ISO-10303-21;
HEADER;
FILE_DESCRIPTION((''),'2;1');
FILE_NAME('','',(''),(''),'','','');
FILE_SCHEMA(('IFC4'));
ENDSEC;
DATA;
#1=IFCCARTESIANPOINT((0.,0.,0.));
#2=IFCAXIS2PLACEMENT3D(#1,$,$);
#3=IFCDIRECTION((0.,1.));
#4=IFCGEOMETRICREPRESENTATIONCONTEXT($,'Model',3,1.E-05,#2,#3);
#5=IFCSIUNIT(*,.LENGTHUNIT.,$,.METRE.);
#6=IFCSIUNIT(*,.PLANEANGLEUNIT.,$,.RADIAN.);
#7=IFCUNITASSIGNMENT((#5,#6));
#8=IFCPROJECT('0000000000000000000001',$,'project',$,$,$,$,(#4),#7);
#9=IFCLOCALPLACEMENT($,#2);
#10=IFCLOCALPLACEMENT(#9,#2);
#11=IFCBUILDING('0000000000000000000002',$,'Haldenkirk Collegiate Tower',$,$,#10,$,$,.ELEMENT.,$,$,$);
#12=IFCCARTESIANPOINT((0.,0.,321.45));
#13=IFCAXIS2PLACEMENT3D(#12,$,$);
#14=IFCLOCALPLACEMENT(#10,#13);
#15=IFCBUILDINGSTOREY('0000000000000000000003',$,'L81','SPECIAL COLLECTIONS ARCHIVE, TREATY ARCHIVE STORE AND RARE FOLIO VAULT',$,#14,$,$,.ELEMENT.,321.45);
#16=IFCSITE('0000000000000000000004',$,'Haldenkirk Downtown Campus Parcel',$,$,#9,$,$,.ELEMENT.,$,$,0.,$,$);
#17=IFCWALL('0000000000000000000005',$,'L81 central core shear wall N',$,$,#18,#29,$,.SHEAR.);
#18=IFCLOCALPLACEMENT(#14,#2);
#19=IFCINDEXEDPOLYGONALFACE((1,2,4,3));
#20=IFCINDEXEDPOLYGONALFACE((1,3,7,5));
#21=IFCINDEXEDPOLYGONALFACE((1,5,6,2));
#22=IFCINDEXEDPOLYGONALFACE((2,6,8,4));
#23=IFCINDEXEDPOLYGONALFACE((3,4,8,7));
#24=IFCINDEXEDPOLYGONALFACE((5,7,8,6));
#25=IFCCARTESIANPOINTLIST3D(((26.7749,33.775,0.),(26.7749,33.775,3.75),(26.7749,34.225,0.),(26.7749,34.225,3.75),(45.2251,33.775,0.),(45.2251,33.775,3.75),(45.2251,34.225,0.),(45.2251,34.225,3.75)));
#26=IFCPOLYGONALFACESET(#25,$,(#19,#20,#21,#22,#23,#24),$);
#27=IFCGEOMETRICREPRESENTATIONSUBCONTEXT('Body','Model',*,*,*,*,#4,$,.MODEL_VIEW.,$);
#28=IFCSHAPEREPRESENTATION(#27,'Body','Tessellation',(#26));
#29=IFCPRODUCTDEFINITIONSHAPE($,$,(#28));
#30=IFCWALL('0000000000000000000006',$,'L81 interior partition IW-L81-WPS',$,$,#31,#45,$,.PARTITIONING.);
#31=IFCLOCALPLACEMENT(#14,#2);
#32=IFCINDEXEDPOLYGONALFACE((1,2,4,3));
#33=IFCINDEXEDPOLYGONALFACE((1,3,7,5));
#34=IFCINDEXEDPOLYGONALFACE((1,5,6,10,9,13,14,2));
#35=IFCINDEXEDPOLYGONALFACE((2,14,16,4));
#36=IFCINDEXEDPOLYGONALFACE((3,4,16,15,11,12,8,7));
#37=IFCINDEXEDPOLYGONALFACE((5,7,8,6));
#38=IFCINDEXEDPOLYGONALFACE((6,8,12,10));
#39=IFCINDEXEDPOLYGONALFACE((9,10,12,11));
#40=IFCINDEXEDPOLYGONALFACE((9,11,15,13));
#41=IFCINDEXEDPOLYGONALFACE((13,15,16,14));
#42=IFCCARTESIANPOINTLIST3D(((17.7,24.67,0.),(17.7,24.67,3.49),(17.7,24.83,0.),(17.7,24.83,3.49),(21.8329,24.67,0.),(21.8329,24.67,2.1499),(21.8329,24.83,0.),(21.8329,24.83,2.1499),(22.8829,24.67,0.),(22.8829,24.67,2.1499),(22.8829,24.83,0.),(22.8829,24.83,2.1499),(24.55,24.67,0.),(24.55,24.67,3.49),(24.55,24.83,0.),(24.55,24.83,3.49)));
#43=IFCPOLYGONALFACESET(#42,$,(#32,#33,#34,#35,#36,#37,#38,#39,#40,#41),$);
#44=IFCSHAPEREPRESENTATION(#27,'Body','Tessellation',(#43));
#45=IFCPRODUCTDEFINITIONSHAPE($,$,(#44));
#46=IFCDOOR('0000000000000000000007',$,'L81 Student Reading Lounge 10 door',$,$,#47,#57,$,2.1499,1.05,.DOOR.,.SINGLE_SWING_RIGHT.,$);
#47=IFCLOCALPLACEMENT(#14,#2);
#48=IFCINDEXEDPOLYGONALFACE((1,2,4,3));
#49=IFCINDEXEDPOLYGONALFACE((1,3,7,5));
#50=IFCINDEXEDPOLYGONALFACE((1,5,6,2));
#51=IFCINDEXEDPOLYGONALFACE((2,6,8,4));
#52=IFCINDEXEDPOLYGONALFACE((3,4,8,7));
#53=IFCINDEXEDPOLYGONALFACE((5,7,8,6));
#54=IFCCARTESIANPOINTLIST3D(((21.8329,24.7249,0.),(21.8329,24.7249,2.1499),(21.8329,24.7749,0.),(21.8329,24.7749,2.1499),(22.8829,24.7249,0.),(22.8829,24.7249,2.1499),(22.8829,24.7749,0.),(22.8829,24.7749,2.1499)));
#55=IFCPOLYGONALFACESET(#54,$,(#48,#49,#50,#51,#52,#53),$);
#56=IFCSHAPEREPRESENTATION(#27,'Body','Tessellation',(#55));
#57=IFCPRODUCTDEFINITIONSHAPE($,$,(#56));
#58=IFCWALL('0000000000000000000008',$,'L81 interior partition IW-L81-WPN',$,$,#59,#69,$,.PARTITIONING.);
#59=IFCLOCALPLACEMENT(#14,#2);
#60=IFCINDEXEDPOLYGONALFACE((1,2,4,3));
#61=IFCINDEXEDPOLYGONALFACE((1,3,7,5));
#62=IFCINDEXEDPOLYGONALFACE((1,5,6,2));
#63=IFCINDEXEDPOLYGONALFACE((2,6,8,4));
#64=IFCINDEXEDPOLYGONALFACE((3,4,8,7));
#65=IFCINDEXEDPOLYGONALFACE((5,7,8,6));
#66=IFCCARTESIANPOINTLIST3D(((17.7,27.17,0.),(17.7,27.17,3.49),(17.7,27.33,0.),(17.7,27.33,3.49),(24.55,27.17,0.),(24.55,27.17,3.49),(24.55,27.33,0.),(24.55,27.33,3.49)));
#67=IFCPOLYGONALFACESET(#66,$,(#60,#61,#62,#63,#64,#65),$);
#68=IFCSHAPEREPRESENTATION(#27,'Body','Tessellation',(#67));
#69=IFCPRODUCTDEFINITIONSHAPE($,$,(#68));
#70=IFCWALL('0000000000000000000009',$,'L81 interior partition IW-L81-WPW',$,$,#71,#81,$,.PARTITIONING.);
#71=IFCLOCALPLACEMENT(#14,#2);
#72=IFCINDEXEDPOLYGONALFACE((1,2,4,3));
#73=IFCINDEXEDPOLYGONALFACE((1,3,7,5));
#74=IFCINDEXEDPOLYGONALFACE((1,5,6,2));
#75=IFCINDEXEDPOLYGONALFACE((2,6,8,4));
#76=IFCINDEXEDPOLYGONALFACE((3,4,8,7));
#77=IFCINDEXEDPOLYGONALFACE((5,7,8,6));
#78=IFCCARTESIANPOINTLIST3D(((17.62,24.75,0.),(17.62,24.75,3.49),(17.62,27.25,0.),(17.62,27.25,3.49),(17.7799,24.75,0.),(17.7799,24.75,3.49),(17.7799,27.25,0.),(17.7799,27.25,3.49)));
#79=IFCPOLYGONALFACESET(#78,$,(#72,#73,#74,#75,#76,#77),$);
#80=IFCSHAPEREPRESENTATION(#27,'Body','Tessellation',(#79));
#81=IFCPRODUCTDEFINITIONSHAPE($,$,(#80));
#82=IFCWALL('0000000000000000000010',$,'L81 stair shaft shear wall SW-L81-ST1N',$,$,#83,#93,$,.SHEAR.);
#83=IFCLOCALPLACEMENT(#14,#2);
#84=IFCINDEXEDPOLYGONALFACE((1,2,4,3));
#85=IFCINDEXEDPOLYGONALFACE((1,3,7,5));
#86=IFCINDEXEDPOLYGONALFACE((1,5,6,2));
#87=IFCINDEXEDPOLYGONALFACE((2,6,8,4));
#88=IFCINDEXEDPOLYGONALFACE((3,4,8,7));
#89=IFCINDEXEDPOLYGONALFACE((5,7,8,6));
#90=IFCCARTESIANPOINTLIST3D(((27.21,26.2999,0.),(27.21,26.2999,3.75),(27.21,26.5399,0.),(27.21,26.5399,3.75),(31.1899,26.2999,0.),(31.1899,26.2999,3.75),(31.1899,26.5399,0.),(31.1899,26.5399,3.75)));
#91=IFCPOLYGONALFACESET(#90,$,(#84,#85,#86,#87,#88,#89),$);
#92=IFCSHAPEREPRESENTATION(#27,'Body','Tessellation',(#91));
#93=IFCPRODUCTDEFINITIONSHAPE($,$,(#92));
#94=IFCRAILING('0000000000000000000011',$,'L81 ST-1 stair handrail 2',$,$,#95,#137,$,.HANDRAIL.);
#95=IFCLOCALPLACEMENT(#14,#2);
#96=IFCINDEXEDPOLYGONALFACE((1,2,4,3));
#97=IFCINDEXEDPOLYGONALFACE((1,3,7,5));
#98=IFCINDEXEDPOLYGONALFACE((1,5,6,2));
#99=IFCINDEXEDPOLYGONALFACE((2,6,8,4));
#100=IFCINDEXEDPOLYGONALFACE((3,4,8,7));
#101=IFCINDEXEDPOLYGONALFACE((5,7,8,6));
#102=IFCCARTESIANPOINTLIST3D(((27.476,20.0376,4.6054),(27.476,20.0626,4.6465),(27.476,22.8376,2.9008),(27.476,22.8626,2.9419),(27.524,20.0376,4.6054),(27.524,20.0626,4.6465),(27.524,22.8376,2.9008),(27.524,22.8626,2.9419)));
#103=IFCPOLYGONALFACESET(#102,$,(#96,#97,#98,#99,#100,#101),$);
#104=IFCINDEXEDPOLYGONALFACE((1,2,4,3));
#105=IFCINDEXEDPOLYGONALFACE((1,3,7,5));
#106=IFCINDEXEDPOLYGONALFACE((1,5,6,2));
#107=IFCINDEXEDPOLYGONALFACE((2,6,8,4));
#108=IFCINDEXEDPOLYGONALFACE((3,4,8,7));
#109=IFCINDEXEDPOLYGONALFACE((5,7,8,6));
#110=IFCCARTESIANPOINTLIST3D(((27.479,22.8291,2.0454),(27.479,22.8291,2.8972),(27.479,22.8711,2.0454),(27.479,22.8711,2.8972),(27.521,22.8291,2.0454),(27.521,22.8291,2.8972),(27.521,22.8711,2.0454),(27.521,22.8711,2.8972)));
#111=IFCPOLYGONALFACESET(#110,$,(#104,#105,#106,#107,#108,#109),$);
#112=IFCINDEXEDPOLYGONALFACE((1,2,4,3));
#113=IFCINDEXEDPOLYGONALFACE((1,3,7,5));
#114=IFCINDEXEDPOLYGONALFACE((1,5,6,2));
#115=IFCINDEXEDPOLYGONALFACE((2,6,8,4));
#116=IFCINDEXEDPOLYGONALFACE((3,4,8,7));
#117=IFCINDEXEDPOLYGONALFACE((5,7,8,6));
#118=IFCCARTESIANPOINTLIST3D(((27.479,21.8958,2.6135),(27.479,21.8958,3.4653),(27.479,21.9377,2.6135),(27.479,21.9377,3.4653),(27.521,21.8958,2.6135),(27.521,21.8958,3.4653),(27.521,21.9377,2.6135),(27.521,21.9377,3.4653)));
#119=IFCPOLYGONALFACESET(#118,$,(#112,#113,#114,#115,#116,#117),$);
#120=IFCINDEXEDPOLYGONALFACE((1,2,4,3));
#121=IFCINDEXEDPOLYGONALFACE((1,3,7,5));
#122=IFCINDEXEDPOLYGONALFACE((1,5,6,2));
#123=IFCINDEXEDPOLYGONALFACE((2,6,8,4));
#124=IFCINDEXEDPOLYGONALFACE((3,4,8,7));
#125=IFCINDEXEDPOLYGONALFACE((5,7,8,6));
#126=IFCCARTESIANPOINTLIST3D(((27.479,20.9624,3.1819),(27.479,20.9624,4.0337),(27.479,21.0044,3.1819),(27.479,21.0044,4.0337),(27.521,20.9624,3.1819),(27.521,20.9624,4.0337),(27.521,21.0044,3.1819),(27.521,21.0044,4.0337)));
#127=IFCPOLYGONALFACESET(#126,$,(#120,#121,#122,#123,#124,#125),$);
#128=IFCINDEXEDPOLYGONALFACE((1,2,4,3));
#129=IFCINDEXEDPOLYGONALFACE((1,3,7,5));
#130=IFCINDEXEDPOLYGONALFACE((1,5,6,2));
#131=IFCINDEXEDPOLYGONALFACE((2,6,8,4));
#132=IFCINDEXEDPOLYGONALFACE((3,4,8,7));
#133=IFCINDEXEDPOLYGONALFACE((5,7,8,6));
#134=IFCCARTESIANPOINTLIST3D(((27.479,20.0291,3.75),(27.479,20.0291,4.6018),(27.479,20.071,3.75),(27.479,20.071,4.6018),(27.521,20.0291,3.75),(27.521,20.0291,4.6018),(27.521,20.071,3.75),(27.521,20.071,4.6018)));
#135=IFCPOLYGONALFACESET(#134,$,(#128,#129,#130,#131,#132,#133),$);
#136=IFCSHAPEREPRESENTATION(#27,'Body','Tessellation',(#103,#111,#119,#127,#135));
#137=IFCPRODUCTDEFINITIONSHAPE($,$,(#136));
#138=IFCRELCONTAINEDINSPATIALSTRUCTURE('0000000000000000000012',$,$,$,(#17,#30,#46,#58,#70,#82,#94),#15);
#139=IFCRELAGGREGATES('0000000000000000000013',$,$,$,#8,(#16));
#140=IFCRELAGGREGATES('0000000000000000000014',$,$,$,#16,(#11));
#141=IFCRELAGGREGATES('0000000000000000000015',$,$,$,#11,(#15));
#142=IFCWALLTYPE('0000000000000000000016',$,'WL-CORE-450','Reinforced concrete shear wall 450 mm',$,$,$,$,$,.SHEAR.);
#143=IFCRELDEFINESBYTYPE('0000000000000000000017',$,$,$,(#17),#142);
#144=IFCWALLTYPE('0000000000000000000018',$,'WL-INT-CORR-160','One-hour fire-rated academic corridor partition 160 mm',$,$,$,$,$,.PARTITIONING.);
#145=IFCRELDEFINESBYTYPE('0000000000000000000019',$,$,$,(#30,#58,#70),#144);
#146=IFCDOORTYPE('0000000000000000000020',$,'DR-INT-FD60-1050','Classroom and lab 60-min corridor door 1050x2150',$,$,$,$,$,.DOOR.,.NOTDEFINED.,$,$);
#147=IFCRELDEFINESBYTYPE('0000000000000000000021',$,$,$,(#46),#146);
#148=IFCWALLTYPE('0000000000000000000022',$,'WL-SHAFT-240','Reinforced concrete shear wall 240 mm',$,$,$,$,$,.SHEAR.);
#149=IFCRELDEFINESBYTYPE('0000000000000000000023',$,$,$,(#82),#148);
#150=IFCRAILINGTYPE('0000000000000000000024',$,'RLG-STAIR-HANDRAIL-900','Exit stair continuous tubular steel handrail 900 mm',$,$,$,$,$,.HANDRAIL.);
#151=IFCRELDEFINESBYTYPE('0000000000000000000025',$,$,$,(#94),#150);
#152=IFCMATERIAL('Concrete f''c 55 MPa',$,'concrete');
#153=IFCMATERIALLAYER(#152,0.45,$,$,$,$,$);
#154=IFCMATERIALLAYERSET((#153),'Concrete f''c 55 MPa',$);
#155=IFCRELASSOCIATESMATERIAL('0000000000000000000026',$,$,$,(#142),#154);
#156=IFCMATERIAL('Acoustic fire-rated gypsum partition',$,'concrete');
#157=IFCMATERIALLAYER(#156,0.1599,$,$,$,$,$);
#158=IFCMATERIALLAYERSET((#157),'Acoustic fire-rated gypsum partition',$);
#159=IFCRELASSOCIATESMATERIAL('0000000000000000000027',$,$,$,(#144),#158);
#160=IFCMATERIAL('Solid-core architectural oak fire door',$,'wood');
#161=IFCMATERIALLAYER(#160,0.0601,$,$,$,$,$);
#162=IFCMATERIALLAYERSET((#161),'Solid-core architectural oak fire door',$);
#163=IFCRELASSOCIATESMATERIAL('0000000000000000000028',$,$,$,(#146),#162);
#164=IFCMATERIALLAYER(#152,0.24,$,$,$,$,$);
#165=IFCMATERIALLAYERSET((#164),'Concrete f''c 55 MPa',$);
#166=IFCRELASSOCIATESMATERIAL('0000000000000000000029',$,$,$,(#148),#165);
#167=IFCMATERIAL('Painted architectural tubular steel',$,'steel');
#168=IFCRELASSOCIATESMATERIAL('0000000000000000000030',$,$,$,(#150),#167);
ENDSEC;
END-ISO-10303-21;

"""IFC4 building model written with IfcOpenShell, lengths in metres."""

from ifc_helpers import new_model, si_unit, direction, frame, frame_2d, origin, origin_2d, place, context, subcontext, project, spatial, rectangle, extrude, material, layer, layer_set, type_object, element, fill, save


model = new_model("IFC4")

# Units and contexts
model_context = context("Model", 3, precision=1e-05, world=origin(), true_north=direction((0.0, 1.0)))
body_context = subcontext(model_context, "Body", "Model", "MODEL_VIEW")
ifc_project = project(units=[si_unit("LENGTHUNIT", "METRE"), si_unit("PLANEANGLEUNIT", "RADIAN")], contexts=[model_context])

# Site, building, storey
site_placement = place(None, origin())
site = spatial("IfcSite", under=ifc_project, at=site_placement, Name="Haldenkirk Downtown Campus Parcel", CompositionType="ELEMENT", RefElevation=0.0)
building_placement = place(site_placement, origin())
building = spatial("IfcBuilding", under=site, at=building_placement, Name="Haldenkirk Collegiate Tower", CompositionType="ELEMENT")
storey_placement = place(building_placement, frame((0.0, 0.0, 321.45)))
storey = spatial("IfcBuildingStorey", under=building, at=storey_placement, Name="L81", Description="SPECIAL COLLECTIONS ARCHIVE, TREATY ARCHIVE STORE AND RARE FOLIO VAULT", CompositionType="ELEMENT", Elevation=321.45)

# Wall
ifc_material_1 = material(Name="Concrete f'c 55 MPa", Category="concrete")
ifc_layer_1 = layer(ifc_material_1, 0.45)
ifc_layer_set_1 = layer_set([ifc_layer_1], Name="Concrete f'c 55 MPa")
wall_type_1 = type_object("IfcWallType", Name="WL-CORE-450", Description="Reinforced concrete shear wall 450 mm", PredefinedType="SHEAR", material=ifc_layer_set_1)
wall_1_placement = place(storey_placement, frame((26.7749, 34.0, 0.0), z_axis=(0.0, 0.0, 1.0), x_axis=(1.0, 0.0, 0.0)))
element("IfcWall", 1, at=wall_1_placement, inside=storey, type_object=wall_type_1, Name="L81 central core shear wall N", PredefinedType="SHEAR", context=body_context, shape_type="SweptSolid", body=[
    extrude(rectangle(XDim=18.4502, YDim=0.45, at=frame_2d((9.2251, 0.0))), origin(), (0.0, 0.0, 1.0), 3.75),
])

# Shared definitions
ifc_material_2 = material(Name="Acoustic fire-rated gypsum partition", Category="concrete")
ifc_layer_2 = layer(ifc_material_2, 0.1599)
ifc_layer_set_2 = layer_set([ifc_layer_2], Name="Acoustic fire-rated gypsum partition")
wall_type_2 = type_object("IfcWallType", Name="WL-INT-CORR-160", Description="One-hour fire-rated academic corridor partition 160 mm", PredefinedType="PARTITIONING", material=ifc_layer_set_2)
ifc_material_3 = material(Name="Solid-core architectural oak fire door", Category="wood")
ifc_layer_3 = layer(ifc_material_3, 0.0601)
ifc_layer_set_3 = layer_set([ifc_layer_3], Name="Solid-core architectural oak fire door")
door_type_1 = type_object("IfcDoorType", Name="DR-INT-FD60-1050", Description="Classroom and lab 60-min corridor door 1050x2150", OperationType="NOTDEFINED", PredefinedType="DOOR", material=ifc_layer_set_3)

# Wall, opening, door
wall_2_placement = place(storey_placement, frame((17.7, 24.75, 0.0), z_axis=(0.0, 0.0, 1.0), x_axis=(1.0, 0.0, 0.0)))
wall_2 = element("IfcWall", 2, at=wall_2_placement, inside=storey, type_object=wall_type_2, Name="L81 interior partition IW-L81-WPS", PredefinedType="PARTITIONING", context=body_context, shape_type="SweptSolid", body=[
    extrude(rectangle(XDim=6.8501, YDim=0.1599, at=frame_2d((3.425, 0.0))), origin(), (0.0, 0.0, 1.0), 3.49),
])
opening_1_placement = place(wall_2_placement, frame((4.1331, 0.0, 0.0)))
opening_1 = element("IfcOpeningElement", 3, at=opening_1_placement, cuts=wall_2, PredefinedType="OPENING", context=body_context, shape_type="SweptSolid", body=[
    extrude(rectangle(XDim=1.05, YDim=2.1499, at=frame_2d((0.5249, 1.075))), frame((0.0, 0.0898, 0.0), z_axis=(0.0, -1.0, 0.0), x_axis=(1.0, 0.0, 0.0)), (0.0, 0.0, 1.0), 0.1799),
])
door_1_placement = place(opening_1_placement, origin())
door_1 = element("IfcDoor", 4, at=door_1_placement, inside=storey, type_object=door_type_1, Name="L81 Student Reading Lounge 10 door", OperationType="SINGLE_SWING_RIGHT", OverallHeight=2.1499, OverallWidth=1.05, PredefinedType="DOOR", context=body_context, shape_type="SweptSolid", body=[
    extrude(rectangle(XDim=1.05, YDim=2.1499, at=frame_2d((0.5249, 1.075))), frame((0.0, 0.0249, 0.0), z_axis=(0.0, -1.0, 0.0), x_axis=(1.0, 0.0, 0.0)), (0.0, 0.0, 1.0), 0.05),
])
fill(opening_1, door_1)

# Walls
wall_3_placement = place(storey_placement, frame((17.7, 27.25, 0.0), z_axis=(0.0, 0.0, 1.0), x_axis=(1.0, 0.0, 0.0)))
element("IfcWall", 5, at=wall_3_placement, inside=storey, type_object=wall_type_2, Name="L81 interior partition IW-L81-WPN", PredefinedType="PARTITIONING", context=body_context, shape_type="SweptSolid", body=[
    extrude(rectangle(XDim=6.8501, YDim=0.1599, at=frame_2d((3.425, 0.0))), origin(), (0.0, 0.0, 1.0), 3.49),
])
wall_4_placement = place(storey_placement, frame((17.7, 24.75, 0.0), z_axis=(0.0, 0.0, 1.0), x_axis=(0.0, 1.0, 0.0)))
element("IfcWall", 6, at=wall_4_placement, inside=storey, type_object=wall_type_2, Name="L81 interior partition IW-L81-WPW", PredefinedType="PARTITIONING", context=body_context, shape_type="SweptSolid", body=[
    extrude(rectangle(XDim=2.5, YDim=0.1599, at=frame_2d((1.25, 0.0))), origin(), (0.0, 0.0, 1.0), 3.49),
])
ifc_layer_4 = layer(ifc_material_1, 0.24)
ifc_layer_set_4 = layer_set([ifc_layer_4], Name="Concrete f'c 55 MPa")
wall_type_3 = type_object("IfcWallType", Name="WL-SHAFT-240", Description="Reinforced concrete shear wall 240 mm", PredefinedType="SHEAR", material=ifc_layer_set_4)
wall_5_placement = place(storey_placement, frame((27.21, 26.4199, 0.0), z_axis=(0.0, 0.0, 1.0), x_axis=(1.0, 0.0, 0.0)))
element("IfcWall", 7, at=wall_5_placement, inside=storey, type_object=wall_type_3, Name="L81 stair shaft shear wall SW-L81-ST1N", PredefinedType="SHEAR", context=body_context, shape_type="SweptSolid", body=[
    extrude(rectangle(XDim=3.98, YDim=0.24, at=frame_2d((1.99, 0.0))), origin(), (0.0, 0.0, 1.0), 3.75),
])

# Railing
ifc_material_4 = material(Name="Painted architectural tubular steel", Category="steel")
railing_type = type_object("IfcRailingType", Name="RLG-STAIR-HANDRAIL-900", Description="Exit stair continuous tubular steel handrail 900 mm", PredefinedType="HANDRAIL", material=ifc_material_4)
railing_placement = place(storey_placement, frame((27.5, 22.8501, 2.0454)))
element("IfcRailing", 8, at=railing_placement, inside=storey, type_object=railing_type, Name="L81 ST-1 stair handrail 2", PredefinedType="HANDRAIL", context=body_context, shape_type="SweptSolid", body=[
    extrude(rectangle(XDim=0.0481, YDim=0.0481, at=origin_2d()), frame((0.0, 0.0, 0.876), z_axis=(0.0, -0.85417, 0.519994), x_axis=(1.0, 0.0, 0.0)), (0.0, 0.0, 1.0), 3.2781),
    extrude(rectangle(XDim=0.042, YDim=0.042, at=origin_2d()), origin(), (0.0, 0.0, 1.0), 0.8518),
    extrude(rectangle(XDim=0.042, YDim=0.042, at=origin_2d()), frame((0.0, -0.9333, 0.5681)), (0.0, 0.0, 1.0), 0.8518),
    extrude(rectangle(XDim=0.042, YDim=0.042, at=origin_2d()), frame((0.0, -1.8667, 1.1365)), (0.0, 0.0, 1.0), 0.8518),
    extrude(rectangle(XDim=0.042, YDim=0.042, at=origin_2d()), frame((0.0, -2.8, 1.7046)), (0.0, 0.0, 1.0), 0.8518),
])

save(model, "model.ifc")
